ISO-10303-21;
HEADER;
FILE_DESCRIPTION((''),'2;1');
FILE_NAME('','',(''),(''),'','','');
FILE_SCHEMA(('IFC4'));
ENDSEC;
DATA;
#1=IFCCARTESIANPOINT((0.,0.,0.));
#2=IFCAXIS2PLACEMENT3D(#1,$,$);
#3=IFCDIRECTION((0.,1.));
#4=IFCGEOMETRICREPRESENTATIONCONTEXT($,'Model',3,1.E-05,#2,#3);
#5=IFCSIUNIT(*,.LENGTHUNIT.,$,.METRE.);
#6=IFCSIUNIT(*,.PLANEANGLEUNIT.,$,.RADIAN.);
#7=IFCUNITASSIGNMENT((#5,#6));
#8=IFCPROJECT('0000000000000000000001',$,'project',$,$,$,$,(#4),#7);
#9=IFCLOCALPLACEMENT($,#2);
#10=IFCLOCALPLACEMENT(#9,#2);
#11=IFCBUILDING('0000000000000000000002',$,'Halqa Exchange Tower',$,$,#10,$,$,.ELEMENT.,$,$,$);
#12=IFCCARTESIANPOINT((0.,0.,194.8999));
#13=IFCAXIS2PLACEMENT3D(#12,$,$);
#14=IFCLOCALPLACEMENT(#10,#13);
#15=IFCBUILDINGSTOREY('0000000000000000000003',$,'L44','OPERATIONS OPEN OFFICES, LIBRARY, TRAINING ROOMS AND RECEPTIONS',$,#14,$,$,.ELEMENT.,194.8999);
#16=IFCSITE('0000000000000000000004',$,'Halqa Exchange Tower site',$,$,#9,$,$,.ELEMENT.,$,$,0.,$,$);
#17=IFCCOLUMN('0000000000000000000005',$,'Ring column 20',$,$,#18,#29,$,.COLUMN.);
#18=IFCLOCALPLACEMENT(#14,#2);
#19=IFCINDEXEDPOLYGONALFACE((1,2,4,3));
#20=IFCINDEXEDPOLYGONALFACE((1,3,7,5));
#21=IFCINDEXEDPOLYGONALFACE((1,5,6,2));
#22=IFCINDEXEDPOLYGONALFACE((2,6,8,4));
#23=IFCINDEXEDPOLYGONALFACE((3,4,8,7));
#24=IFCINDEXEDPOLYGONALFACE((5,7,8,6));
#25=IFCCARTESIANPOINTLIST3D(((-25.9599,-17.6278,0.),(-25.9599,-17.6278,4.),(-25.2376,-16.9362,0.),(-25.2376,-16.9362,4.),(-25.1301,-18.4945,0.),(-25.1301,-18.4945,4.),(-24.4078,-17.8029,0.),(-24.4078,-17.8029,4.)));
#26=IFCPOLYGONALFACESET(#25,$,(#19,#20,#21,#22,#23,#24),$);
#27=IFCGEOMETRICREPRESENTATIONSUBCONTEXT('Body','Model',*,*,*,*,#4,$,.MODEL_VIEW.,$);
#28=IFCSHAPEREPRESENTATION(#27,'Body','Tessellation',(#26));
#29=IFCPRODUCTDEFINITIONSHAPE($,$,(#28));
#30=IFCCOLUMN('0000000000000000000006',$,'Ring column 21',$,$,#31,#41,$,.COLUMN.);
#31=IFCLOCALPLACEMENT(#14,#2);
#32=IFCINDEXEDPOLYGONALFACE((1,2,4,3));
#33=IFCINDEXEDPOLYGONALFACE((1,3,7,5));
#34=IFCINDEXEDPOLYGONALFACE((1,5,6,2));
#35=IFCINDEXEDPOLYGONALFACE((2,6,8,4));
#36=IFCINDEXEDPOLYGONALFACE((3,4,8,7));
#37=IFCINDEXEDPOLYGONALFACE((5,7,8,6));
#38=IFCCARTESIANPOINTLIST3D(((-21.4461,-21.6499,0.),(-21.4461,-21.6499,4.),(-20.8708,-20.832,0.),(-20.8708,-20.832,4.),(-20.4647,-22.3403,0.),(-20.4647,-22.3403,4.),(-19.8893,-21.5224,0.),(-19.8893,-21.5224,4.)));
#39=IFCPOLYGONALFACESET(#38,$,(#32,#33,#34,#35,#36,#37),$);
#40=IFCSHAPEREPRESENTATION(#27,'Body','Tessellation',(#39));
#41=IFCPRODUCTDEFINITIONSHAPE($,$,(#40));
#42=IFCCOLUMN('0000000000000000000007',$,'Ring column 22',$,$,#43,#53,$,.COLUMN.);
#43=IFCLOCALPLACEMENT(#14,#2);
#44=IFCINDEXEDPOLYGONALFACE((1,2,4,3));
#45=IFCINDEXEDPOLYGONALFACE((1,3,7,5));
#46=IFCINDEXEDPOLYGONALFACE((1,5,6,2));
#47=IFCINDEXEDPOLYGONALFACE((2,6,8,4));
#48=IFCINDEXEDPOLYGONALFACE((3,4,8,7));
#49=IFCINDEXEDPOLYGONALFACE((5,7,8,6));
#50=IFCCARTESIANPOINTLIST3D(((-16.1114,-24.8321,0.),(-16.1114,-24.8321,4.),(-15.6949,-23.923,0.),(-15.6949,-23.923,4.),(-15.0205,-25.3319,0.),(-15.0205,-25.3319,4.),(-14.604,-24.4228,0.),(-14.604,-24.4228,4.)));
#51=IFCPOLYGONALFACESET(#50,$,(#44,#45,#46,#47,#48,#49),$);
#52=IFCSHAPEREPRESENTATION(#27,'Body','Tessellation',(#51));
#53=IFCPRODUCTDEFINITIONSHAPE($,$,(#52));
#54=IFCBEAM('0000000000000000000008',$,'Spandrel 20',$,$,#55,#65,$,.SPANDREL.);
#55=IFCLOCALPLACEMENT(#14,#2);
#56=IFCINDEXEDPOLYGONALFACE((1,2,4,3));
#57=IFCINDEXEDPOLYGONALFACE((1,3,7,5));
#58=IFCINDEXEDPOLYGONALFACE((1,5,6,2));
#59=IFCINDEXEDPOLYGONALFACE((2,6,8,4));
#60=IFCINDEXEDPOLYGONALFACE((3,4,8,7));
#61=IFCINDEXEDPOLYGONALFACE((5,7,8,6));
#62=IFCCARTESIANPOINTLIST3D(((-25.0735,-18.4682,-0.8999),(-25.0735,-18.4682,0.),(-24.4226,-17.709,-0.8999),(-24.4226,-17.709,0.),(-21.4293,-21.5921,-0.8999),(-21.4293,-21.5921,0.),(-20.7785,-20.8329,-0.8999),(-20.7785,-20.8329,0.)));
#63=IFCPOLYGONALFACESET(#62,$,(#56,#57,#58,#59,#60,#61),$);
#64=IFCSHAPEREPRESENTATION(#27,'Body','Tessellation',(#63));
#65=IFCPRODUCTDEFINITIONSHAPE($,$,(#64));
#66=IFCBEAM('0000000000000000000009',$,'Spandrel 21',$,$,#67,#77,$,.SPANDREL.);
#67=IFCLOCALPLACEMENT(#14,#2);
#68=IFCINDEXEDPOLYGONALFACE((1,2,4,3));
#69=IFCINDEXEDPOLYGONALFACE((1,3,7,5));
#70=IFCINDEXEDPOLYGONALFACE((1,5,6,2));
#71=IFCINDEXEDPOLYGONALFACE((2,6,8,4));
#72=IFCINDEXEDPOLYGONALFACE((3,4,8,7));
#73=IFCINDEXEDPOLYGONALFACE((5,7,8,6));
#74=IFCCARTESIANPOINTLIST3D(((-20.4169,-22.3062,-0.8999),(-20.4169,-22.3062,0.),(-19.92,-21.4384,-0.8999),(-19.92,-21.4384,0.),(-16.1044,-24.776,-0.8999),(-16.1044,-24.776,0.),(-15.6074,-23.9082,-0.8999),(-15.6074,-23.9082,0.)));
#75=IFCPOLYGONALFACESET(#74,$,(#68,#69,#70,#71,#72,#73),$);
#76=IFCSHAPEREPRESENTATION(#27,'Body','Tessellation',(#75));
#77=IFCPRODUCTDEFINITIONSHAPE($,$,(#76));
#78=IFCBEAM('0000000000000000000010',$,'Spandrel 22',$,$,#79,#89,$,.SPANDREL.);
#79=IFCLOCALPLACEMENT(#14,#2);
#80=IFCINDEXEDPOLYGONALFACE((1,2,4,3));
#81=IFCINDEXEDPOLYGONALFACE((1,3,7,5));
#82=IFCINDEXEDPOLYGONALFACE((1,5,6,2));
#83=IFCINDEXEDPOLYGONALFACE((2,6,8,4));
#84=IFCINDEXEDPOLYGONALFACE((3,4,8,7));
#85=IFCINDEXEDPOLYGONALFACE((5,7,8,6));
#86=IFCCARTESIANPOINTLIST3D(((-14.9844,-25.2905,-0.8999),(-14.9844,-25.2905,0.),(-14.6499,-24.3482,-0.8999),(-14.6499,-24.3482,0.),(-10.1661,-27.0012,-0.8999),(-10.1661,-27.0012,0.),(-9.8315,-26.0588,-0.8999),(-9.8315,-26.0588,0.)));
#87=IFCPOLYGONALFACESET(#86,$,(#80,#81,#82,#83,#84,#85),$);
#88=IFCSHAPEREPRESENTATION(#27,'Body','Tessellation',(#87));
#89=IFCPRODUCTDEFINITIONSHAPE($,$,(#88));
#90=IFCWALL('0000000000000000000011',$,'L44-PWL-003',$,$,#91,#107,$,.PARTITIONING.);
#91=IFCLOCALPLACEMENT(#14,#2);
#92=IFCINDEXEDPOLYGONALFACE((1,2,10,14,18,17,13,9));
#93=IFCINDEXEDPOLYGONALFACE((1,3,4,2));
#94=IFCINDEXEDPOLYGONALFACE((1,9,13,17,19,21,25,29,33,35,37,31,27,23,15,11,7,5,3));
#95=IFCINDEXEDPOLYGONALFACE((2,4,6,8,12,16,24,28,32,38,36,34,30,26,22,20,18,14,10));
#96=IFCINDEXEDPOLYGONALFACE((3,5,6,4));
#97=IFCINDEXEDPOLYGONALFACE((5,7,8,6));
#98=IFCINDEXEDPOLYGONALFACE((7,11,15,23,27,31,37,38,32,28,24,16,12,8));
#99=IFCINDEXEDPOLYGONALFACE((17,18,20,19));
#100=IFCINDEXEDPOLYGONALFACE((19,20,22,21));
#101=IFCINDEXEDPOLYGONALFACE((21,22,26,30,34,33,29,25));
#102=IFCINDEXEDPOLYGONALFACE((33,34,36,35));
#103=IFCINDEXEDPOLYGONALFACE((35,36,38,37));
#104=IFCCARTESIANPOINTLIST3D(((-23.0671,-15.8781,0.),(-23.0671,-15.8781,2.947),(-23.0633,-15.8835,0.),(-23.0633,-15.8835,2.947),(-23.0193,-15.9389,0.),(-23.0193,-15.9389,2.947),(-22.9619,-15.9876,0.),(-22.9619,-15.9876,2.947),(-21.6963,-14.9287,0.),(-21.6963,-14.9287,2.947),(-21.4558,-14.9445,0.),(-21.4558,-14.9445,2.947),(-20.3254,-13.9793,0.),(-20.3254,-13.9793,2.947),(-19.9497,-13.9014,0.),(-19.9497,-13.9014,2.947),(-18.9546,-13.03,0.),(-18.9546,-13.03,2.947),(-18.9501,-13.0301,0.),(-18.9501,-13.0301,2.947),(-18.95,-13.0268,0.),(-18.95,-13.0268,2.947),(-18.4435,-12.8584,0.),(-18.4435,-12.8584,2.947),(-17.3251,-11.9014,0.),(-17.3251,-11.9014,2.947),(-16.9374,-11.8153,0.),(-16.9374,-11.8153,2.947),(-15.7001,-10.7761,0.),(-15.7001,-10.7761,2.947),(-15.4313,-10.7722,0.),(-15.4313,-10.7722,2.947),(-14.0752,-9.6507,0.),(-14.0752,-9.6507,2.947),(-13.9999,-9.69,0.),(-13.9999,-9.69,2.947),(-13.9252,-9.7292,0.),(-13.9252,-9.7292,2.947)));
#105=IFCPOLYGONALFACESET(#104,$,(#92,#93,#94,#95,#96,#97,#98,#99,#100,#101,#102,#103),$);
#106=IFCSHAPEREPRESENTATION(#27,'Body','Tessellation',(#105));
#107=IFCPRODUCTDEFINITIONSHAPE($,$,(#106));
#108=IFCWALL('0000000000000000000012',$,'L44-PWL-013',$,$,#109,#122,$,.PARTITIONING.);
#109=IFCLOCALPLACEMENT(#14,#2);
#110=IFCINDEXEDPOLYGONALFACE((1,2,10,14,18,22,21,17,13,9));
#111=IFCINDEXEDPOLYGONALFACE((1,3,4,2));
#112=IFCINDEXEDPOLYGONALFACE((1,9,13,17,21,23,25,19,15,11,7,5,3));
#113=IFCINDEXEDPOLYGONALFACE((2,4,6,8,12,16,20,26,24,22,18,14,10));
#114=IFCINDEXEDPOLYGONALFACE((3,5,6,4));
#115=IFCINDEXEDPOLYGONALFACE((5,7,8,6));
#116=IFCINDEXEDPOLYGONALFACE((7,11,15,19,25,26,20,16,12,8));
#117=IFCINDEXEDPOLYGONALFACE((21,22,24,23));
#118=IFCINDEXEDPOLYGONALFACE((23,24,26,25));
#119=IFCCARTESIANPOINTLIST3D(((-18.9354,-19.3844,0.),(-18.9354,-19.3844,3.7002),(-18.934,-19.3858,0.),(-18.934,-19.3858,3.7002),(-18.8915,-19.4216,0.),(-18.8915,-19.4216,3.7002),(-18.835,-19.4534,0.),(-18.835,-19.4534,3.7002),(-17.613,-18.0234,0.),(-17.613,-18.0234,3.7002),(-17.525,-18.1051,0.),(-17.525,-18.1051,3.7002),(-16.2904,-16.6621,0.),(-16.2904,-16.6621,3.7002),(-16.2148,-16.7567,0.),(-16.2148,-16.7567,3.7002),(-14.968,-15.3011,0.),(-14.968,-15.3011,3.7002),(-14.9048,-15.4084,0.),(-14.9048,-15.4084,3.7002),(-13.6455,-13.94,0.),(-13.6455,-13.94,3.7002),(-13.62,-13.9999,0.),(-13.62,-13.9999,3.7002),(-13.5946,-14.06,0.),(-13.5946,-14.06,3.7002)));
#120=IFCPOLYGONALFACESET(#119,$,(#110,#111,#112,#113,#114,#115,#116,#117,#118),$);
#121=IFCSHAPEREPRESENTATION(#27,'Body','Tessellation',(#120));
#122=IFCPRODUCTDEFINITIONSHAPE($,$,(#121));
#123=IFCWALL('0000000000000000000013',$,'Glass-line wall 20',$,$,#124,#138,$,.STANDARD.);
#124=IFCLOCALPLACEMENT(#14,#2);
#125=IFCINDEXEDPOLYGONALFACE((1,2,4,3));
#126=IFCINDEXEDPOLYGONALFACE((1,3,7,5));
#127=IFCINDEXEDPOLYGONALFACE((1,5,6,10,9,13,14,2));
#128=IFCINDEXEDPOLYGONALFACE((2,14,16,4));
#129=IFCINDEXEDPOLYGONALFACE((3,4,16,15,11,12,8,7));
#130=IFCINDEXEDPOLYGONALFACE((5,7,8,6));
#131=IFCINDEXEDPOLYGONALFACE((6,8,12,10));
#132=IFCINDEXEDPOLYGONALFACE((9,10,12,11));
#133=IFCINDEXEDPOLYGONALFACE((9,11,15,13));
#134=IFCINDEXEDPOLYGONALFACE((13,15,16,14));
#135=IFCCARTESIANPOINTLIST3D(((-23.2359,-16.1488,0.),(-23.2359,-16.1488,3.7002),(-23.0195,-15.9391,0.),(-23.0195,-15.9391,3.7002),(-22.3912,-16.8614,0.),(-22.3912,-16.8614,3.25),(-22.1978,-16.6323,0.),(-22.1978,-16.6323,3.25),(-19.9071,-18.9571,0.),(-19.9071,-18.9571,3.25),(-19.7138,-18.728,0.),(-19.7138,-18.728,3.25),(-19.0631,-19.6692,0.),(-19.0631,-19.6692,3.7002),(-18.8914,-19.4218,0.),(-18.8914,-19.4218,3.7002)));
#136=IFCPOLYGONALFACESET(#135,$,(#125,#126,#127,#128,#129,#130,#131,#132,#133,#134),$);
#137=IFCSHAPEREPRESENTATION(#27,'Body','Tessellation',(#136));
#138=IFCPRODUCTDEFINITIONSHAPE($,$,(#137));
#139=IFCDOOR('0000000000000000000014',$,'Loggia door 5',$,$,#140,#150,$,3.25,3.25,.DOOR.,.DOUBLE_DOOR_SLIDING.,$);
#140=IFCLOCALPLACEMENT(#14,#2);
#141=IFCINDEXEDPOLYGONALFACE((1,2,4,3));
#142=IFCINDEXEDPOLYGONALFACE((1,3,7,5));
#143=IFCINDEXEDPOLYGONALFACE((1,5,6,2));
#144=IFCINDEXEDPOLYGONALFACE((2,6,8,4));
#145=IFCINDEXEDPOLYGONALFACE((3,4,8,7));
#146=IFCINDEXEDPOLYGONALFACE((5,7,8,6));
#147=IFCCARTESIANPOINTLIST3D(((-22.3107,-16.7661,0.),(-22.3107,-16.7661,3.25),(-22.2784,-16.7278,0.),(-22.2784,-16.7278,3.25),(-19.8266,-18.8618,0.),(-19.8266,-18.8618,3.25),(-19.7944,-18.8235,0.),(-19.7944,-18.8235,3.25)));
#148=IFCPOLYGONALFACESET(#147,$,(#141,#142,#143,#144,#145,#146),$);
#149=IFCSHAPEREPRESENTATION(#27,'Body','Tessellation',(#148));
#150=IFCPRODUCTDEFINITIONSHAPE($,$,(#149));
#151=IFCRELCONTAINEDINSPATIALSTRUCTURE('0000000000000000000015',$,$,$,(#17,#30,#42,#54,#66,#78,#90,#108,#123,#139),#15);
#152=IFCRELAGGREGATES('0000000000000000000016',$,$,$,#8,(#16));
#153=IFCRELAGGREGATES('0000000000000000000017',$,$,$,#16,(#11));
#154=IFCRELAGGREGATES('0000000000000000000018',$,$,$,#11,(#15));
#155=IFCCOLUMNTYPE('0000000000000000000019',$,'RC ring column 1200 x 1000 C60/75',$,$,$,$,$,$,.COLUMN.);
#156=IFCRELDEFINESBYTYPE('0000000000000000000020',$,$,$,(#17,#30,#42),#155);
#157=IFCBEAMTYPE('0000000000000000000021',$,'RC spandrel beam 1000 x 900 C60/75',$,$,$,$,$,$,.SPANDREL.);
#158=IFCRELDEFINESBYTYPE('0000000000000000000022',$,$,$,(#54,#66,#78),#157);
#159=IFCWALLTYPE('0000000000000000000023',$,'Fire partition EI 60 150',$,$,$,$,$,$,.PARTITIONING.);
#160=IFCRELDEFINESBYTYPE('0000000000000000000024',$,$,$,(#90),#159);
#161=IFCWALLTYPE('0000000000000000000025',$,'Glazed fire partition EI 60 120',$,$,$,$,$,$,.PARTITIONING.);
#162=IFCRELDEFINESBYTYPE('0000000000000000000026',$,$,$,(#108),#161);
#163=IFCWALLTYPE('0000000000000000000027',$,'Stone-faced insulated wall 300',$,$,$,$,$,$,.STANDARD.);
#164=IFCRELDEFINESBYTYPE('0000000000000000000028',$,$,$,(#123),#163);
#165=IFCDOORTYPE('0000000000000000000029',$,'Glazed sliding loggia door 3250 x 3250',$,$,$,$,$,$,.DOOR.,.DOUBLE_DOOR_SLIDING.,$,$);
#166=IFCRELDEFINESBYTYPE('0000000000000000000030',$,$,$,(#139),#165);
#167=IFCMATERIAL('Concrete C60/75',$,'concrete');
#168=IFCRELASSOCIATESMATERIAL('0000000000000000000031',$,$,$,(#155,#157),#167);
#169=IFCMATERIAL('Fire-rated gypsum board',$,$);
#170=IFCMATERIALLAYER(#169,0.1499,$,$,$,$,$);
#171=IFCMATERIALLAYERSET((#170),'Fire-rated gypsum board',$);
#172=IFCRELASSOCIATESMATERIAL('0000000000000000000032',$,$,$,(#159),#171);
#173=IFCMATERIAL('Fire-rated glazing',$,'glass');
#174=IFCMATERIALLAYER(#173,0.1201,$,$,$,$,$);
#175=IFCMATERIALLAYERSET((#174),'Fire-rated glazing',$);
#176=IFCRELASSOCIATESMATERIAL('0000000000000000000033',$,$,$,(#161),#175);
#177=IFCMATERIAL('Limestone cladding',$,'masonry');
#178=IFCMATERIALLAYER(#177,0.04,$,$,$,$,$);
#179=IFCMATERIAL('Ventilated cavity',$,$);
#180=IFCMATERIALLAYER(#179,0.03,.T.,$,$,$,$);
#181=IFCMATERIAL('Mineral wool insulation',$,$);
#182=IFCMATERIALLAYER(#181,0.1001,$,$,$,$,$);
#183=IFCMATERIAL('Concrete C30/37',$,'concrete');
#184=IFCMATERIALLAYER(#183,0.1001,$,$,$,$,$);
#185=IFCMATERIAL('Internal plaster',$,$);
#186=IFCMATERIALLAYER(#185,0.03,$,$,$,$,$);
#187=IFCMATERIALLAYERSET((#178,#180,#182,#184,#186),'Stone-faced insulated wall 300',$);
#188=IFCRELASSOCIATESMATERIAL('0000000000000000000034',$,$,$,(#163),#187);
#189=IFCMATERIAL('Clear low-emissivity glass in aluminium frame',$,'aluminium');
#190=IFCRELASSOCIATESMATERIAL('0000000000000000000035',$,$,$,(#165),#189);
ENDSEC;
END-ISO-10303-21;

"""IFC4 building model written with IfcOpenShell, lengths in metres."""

from ifc_helpers import new_model, si_unit, direction, frame, frame_2d, origin, origin_2d, place, context, subcontext, project, spatial, polyline, rectangle, outline, extrude, material, layer, layer_set, material_profile, profile_set, type_object, element, fill, save


model = new_model("IFC4")

# Units and contexts
model_context = context("Model", 3, precision=1e-05, world=origin(), true_north=direction((0.0, 1.0)))
body_context = subcontext(model_context, "Body", "Model", "MODEL_VIEW")
ifc_project = project(units=[si_unit("LENGTHUNIT", "METRE"), si_unit("PLANEANGLEUNIT", "RADIAN")], contexts=[model_context])

# Site, building, storey
site_placement = place(None, origin())
site = spatial("IfcSite", under=ifc_project, at=site_placement, Name="Halqa Exchange Tower site", CompositionType="ELEMENT", RefElevation=0.0)
building_placement = place(site_placement, origin())
building = spatial("IfcBuilding", under=site, at=building_placement, Name="Halqa Exchange Tower", CompositionType="ELEMENT")
storey_placement = place(building_placement, frame((0.0, 0.0, 194.8999)))
storey = spatial("IfcBuildingStorey", under=building, at=storey_placement, Name="L44", Description="OPERATIONS OPEN OFFICES, LIBRARY, TRAINING ROOMS AND RECEPTIONS", CompositionType="ELEMENT", Elevation=194.8999)

# Columns
ifc_material_1 = material(Name="Concrete C60/75", Category="concrete")
ifc_material_profile_1 = material_profile(ifc_material_1, rectangle(XDim=1.2, YDim=1.0, at=origin_2d()), Name="1200 x 1000")
ifc_profile_set_1 = profile_set([ifc_material_profile_1], Name="Concrete C60/75")
column_type = type_object("IfcColumnType", Name="RC ring column 1200 x 1000 C60/75", PredefinedType="COLUMN", material=ifc_profile_set_1)
for number, where, z_axis, x_axis, name in (
    (1, (-25.1838, -17.7153, 0.0), (0.0, 0.0, 1.0), (0.691576, -0.722304, 0.0), "Ring column 20"),
    (2, (-20.6677, -21.5862, 0.0), (0.0, 0.0, 1.0), (0.817906, -0.575352, 0.0), "Ring column 21"),
    (3, (-15.3577, -24.6274, 0.0), (0.0, 0.0, 1.0), (0.909126, -0.416522, 0.0), "Ring column 22"),
):
    element("IfcColumn", number, at=place(storey_placement, frame(where, z_axis=z_axis, x_axis=x_axis)), inside=storey, type_object=column_type, Name=name, PredefinedType="COLUMN", context=body_context, shape_type="SweptSolid", body=[
        extrude(rectangle(XDim=1.2, YDim=1.0, at=origin_2d()), origin(), (0.0, 0.0, 1.0), 4.0),
    ])

# Beams
ifc_material_profile_2 = material_profile(ifc_material_1, rectangle(XDim=1.0, YDim=0.8999, at=origin_2d()), Name="1000 x 900")
ifc_profile_set_2 = profile_set([ifc_material_profile_2], Name="Concrete C60/75")
beam_type = type_object("IfcBeamType", Name="RC spandrel beam 1000 x 900 C60/75", PredefinedType="SPANDREL", material=ifc_profile_set_2)
beam_1_placement = place(storey_placement, frame((-24.748, -18.0886, -0.45), z_axis=(0.759224, -0.650829, 0.0), x_axis=(0.650829, 0.759224, 0.0)))
element("IfcBeam", 4, at=beam_1_placement, inside=storey, type_object=beam_type, Name="Spandrel 20", PredefinedType="SPANDREL", context=body_context, shape_type="SweptSolid", body=[
    extrude(rectangle(XDim=1.0, YDim=0.8999, at=origin_2d()), origin(), (0.0, 0.0, 1.0), 4.7998),
])
beam_2_placement = place(storey_placement, frame((-20.1685, -21.8723, -0.45), z_axis=(0.867771, -0.496964, 0.0), x_axis=(0.496964, 0.867771, 0.0)))
element("IfcBeam", 5, at=beam_2_placement, inside=storey, type_object=beam_type, Name="Spandrel 21", PredefinedType="SPANDREL", context=body_context, shape_type="SweptSolid", body=[
    extrude(rectangle(XDim=1.0, YDim=0.8999, at=origin_2d()), origin(), (0.0, 0.0, 1.0), 4.9697),
])
beam_3_placement = place(storey_placement, frame((-14.8171, -24.8193, -0.45), z_axis=(0.942369, -0.334575, 0.0), x_axis=(0.334575, 0.942369, 0.0)))
element("IfcBeam", 6, at=beam_3_placement, inside=storey, type_object=beam_type, Name="Spandrel 22", PredefinedType="SPANDREL", context=body_context, shape_type="SweptSolid", body=[
    extrude(rectangle(XDim=1.0, YDim=0.8999, at=origin_2d()), origin(), (0.0, 0.0, 1.0), 5.113),
])

# Wall
ifc_material_2 = material(Name="Fire-rated gypsum board")
ifc_layer_1 = layer(ifc_material_2, 0.1499)
ifc_layer_set_1 = layer_set([ifc_layer_1], Name="Fire-rated gypsum board")
wall_type_1 = type_object("IfcWallType", Name="Fire partition EI 60 150", PredefinedType="PARTITIONING", material=ifc_layer_set_1)
wall_1_placement = place(storey_placement, frame((-23.0244, -15.9397, 0.0), z_axis=(0.0, 0.0, 1.0), x_axis=(0.822097, 0.569347, 0.0)))
element("IfcWall", 7, at=wall_1_placement, inside=storey, type_object=wall_type_1, Name="L44-PWL-003", PredefinedType="PARTITIONING", context=body_context, shape_type="SweptSolid", body=[
    extrude(outline(polyline([(0.0242, -0.075), (1.8562, -0.075), (3.6882, -0.075), (5.5203, -0.075), (7.3523, -0.075), (9.1843, -0.075), (11.0164, -0.075), (10.9773, -0.0002), (10.9377, 0.075), (8.9612, 0.075), (6.9846, 0.075), (5.0081, 0.075), (5.0061, 0.0723), (5.0024, 0.075), (3.335, 0.075), (1.6675, 0.075), (0.0, 0.075), (0.0, 0.0684), (0.0046, -0.0022), (0.0242, -0.075)])), origin(), (0.0, 0.0, 1.0), 2.947),
])

# Shared definitions
ifc_material_3 = material(Name="Fire-rated glazing", Category="glass")
ifc_layer_2 = layer(ifc_material_3, 0.1201)
ifc_layer_set_2 = layer_set([ifc_layer_2], Name="Fire-rated glazing")
wall_type_2 = type_object("IfcWallType", Name="Glazed fire partition EI 60 120", PredefinedType="PARTITIONING", material=ifc_layer_set_2)

# Wall
wall_2_placement = place(storey_placement, frame((-13.6023, -13.9817, 0.0), z_axis=(0.0, 0.0, 1.0), x_axis=(-0.696855, -0.717212, 0.0)))
element("IfcWall", 8, at=wall_2_placement, inside=storey, type_object=wall_type_2, Name="L44-PWL-013", PredefinedType="PARTITIONING", context=body_context, shape_type="SweptSolid", body=[
    extrude(outline(polyline([(7.5913, -0.0601), (7.5913, -0.0581), (7.5874, -0.0027), (7.5708, 0.0601), (5.6909, 0.0601), (3.8108, 0.0601), (1.9309, 0.0601), (0.0508, 0.0601), (0.0254, 0.0), (0.0002, -0.0601), (0.0, -0.0601), (0.0, -0.0601), (1.8979, -0.0601), (3.7957, -0.0601), (5.6936, -0.0601), (7.5913, -0.0601)])), origin(), (0.0, 0.0, 1.0), 3.7002),
])

# Wall, opening, door
ifc_material_4 = material(Name="Limestone cladding", Category="masonry")
ifc_layer_3 = layer(ifc_material_4, 0.04)
ifc_material_5 = material(Name="Ventilated cavity")
ifc_layer_4 = layer(ifc_material_5, 0.03, ventilated=True)
ifc_material_6 = material(Name="Mineral wool insulation")
ifc_layer_5 = layer(ifc_material_6, 0.1001)
ifc_material_7 = material(Name="Concrete C30/37", Category="concrete")
ifc_layer_6 = layer(ifc_material_7, 0.1001)
ifc_material_8 = material(Name="Internal plaster")
ifc_layer_7 = layer(ifc_material_8, 0.03)
ifc_layer_set_3 = layer_set([ifc_layer_3, ifc_layer_4, ifc_layer_5, ifc_layer_6, ifc_layer_7], Name="Stone-faced insulated wall 300")
wall_type_3 = type_object("IfcWallType", Name="Stone-faced insulated wall 300", PredefinedType="STANDARD", material=ifc_layer_set_3)
wall_3_placement = place(storey_placement, frame((-23.1277, -16.0439, 0.0), z_axis=(0.0, 0.0, 1.0), x_axis=(0.76433, -0.644825, 0.0)))
wall_3 = element("IfcWall", 9, at=wall_3_placement, inside=storey, type_object=wall_type_3, Name="Glass-line wall 20", PredefinedType="STANDARD", context=body_context, shape_type="SweptSolid", body=[
    extrude(outline(polyline([(-0.0151, -0.1499), (5.4443, -0.1499), (5.416, 0.1499), (0.0151, 0.1499), (-0.0151, -0.1499)])), origin(), (0.0, 0.0, 1.0), 3.7002),
])
opening_1_placement = place(wall_3_placement, frame((1.0901, 0.0, 0.0)))
opening_1 = element("IfcOpeningElement", 10, at=opening_1_placement, cuts=wall_3, PredefinedType="OPENING", context=body_context, shape_type="SweptSolid", body=[
    extrude(rectangle(XDim=3.25, YDim=3.25, at=frame_2d((1.625, 1.625))), frame((0.0, 0.1621, 0.0), z_axis=(0.0, -1.0, 0.0), x_axis=(1.0, 0.0, 0.0)), (0.0, 0.0, 1.0), 0.324),
])
ifc_material_9 = material(Name="Clear low-emissivity glass in aluminium frame", Category="aluminium")
door_type_1 = type_object("IfcDoorType", Name="Glazed sliding loggia door 3250 x 3250", OperationType="DOUBLE_DOOR_SLIDING", PredefinedType="DOOR", material=ifc_material_9)
door_1_placement = place(opening_1_placement, origin())
door_1 = element("IfcDoor", 11, at=door_1_placement, inside=storey, type_object=door_type_1, Name="Loggia door 5", OperationType="DOUBLE_DOOR_SLIDING", OverallHeight=3.25, OverallWidth=3.25, PredefinedType="DOOR", context=body_context, shape_type="SweptSolid", body=[
    extrude(rectangle(XDim=3.25, YDim=3.25, at=frame_2d((1.625, 1.625))), frame((0.0, 0.0249, 0.0), z_axis=(0.0, -1.0, 0.0), x_axis=(1.0, 0.0, 0.0)), (0.0, 0.0, 1.0), 0.05),
])
fill(opening_1, door_1)

save(model, "model.ifc")
